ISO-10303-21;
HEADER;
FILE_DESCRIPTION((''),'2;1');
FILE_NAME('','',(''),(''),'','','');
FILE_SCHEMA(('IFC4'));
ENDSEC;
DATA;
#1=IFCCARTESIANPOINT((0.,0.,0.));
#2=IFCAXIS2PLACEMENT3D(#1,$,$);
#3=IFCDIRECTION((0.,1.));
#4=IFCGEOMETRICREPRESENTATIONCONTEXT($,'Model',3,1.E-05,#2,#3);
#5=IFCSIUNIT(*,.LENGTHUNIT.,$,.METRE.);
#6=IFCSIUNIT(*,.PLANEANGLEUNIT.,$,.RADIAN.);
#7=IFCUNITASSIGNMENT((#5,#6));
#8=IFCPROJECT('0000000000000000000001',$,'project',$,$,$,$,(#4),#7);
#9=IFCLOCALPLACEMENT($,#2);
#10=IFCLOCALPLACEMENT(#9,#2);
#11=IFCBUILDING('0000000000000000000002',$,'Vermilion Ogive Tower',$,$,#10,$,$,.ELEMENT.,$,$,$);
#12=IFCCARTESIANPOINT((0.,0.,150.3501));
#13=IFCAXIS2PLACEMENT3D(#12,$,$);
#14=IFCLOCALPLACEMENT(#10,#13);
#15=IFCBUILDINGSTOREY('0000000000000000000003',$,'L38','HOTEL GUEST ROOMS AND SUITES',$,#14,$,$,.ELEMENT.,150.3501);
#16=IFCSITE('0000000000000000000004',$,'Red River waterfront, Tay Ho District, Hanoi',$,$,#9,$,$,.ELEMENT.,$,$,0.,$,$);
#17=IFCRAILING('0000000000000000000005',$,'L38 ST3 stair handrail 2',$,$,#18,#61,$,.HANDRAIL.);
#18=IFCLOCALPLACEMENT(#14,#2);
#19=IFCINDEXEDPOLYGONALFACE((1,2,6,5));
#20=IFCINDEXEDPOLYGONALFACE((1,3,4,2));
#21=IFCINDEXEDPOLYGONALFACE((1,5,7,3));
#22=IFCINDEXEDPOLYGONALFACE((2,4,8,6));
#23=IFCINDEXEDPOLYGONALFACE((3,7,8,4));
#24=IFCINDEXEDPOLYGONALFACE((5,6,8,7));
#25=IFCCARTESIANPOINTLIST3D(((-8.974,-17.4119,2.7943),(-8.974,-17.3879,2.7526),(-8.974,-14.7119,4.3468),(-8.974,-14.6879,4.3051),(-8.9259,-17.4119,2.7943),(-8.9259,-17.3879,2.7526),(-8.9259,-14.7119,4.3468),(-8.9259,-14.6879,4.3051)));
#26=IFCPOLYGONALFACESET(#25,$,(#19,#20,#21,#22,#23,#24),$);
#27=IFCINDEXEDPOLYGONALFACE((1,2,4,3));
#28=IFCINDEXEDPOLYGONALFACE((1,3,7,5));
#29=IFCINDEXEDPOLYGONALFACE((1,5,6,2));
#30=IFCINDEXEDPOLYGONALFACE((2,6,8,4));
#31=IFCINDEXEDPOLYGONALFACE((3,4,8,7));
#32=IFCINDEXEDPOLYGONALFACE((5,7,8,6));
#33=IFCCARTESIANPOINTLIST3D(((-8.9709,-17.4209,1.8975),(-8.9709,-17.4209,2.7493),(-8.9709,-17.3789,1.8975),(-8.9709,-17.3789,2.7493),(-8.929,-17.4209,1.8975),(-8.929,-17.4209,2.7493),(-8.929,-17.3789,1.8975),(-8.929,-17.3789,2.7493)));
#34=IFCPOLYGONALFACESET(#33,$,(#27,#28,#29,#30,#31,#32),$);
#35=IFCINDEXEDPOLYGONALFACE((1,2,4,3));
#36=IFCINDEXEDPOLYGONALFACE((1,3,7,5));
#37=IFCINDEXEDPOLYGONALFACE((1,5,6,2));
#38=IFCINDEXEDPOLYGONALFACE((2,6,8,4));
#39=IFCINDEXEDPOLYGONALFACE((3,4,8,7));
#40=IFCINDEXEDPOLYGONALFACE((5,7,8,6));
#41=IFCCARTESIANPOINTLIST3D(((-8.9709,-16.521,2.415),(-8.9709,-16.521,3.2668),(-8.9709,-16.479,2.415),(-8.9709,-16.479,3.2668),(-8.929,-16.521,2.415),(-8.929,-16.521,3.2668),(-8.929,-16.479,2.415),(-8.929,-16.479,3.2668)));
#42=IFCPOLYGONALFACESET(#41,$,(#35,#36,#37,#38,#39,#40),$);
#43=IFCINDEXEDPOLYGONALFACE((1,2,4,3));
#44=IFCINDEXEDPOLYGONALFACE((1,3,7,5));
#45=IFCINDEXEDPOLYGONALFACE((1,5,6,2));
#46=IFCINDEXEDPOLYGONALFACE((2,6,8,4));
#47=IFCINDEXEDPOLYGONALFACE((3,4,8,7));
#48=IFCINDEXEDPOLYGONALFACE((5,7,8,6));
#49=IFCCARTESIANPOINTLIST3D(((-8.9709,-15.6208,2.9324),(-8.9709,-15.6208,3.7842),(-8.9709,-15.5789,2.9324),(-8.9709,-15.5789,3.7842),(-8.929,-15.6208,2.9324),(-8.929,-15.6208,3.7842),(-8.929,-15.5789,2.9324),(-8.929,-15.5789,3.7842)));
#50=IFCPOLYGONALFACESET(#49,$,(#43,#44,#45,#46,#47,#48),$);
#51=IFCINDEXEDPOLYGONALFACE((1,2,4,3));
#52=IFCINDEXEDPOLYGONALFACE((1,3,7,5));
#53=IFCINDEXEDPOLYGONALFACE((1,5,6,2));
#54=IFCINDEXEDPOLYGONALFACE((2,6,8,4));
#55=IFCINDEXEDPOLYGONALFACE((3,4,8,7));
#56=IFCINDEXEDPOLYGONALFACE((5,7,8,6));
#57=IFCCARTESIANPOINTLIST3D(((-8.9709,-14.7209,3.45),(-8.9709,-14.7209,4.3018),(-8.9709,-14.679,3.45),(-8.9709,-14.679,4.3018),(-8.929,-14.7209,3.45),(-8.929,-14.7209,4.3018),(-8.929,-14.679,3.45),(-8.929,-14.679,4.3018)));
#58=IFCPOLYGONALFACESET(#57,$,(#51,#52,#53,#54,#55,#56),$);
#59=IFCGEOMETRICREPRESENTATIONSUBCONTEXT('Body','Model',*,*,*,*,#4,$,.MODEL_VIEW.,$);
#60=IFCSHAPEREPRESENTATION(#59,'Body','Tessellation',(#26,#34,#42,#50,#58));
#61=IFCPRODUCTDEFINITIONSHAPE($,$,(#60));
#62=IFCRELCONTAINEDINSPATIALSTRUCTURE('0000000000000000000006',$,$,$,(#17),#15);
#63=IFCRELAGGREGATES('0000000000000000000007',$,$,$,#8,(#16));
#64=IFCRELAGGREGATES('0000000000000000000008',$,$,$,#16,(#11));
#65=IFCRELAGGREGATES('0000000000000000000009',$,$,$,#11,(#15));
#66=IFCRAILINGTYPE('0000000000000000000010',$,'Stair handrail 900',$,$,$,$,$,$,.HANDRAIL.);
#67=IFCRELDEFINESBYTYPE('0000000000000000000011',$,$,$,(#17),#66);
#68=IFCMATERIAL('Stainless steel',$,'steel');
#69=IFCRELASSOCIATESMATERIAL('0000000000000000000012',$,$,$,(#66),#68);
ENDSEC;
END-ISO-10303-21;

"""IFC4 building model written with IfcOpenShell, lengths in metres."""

from ifc_helpers import new_model, si_unit, direction, frame, origin, origin_2d, place, context, subcontext, project, spatial, rectangle, extrude, material, type_object, element, save


model = new_model("IFC4")

# Units and contexts
model_context = context("Model", 3, precision=1e-05, world=origin(), true_north=direction((0.0, 1.0)))
body_context = subcontext(model_context, "Body", "Model", "MODEL_VIEW")
ifc_project = project(units=[si_unit("LENGTHUNIT", "METRE"), si_unit("PLANEANGLEUNIT", "RADIAN")], contexts=[model_context])

# Site, building, storey
site_placement = place(None, origin())
site = spatial("IfcSite", under=ifc_project, at=site_placement, Name="Red River waterfront, Tay Ho District, Hanoi", CompositionType="ELEMENT", RefElevation=0.0)
building_placement = place(site_placement, origin())
building = spatial("IfcBuilding", under=site, at=building_placement, Name="Vermilion Ogive Tower", CompositionType="ELEMENT")
storey_placement = place(building_placement, frame((0.0, 0.0, 150.3501)))
storey = spatial("IfcBuildingStorey", under=building, at=storey_placement, Name="L38", Description="HOTEL GUEST ROOMS AND SUITES", CompositionType="ELEMENT", Elevation=150.3501)

# Railing
ifc_material_1 = material(Name="Stainless steel", Category="steel")
railing_type_1 = type_object("IfcRailingType", Name="Stair handrail 900", PredefinedType="HANDRAIL", material=ifc_material_1)
railing_1_placement = place(storey_placement, frame((-8.95, -17.3999, 1.8975)))
element("IfcRailing", 1, at=railing_1_placement, inside=storey, type_object=railing_type_1, Name="L38 ST3 stair handrail 2", PredefinedType="HANDRAIL", context=body_context, shape_type="SweptSolid", body=[
    extrude(rectangle(XDim=0.0481, YDim=0.0481, at=origin_2d()), frame((0.0, 0.0, 0.876), z_axis=(0.0, 0.866904, 0.498476), x_axis=(-1.0, 0.0, 0.0)), (0.0, 0.0, 1.0), 3.1145),
    extrude(rectangle(XDim=0.042, YDim=0.042, at=origin_2d()), origin(), (0.0, 0.0, 1.0), 0.8518),
    extrude(rectangle(XDim=0.042, YDim=0.042, at=origin_2d()), frame((0.0, 0.8999, 0.5176)), (0.0, 0.0, 1.0), 0.8518),
    extrude(rectangle(XDim=0.042, YDim=0.042, at=origin_2d()), frame((0.0, 1.8, 1.0349)), (0.0, 0.0, 1.0), 0.8518),
    extrude(rectangle(XDim=0.042, YDim=0.042, at=origin_2d()), frame((0.0, 2.7, 1.5525)), (0.0, 0.0, 1.0), 0.8518),
])

save(model, "model.ifc")
